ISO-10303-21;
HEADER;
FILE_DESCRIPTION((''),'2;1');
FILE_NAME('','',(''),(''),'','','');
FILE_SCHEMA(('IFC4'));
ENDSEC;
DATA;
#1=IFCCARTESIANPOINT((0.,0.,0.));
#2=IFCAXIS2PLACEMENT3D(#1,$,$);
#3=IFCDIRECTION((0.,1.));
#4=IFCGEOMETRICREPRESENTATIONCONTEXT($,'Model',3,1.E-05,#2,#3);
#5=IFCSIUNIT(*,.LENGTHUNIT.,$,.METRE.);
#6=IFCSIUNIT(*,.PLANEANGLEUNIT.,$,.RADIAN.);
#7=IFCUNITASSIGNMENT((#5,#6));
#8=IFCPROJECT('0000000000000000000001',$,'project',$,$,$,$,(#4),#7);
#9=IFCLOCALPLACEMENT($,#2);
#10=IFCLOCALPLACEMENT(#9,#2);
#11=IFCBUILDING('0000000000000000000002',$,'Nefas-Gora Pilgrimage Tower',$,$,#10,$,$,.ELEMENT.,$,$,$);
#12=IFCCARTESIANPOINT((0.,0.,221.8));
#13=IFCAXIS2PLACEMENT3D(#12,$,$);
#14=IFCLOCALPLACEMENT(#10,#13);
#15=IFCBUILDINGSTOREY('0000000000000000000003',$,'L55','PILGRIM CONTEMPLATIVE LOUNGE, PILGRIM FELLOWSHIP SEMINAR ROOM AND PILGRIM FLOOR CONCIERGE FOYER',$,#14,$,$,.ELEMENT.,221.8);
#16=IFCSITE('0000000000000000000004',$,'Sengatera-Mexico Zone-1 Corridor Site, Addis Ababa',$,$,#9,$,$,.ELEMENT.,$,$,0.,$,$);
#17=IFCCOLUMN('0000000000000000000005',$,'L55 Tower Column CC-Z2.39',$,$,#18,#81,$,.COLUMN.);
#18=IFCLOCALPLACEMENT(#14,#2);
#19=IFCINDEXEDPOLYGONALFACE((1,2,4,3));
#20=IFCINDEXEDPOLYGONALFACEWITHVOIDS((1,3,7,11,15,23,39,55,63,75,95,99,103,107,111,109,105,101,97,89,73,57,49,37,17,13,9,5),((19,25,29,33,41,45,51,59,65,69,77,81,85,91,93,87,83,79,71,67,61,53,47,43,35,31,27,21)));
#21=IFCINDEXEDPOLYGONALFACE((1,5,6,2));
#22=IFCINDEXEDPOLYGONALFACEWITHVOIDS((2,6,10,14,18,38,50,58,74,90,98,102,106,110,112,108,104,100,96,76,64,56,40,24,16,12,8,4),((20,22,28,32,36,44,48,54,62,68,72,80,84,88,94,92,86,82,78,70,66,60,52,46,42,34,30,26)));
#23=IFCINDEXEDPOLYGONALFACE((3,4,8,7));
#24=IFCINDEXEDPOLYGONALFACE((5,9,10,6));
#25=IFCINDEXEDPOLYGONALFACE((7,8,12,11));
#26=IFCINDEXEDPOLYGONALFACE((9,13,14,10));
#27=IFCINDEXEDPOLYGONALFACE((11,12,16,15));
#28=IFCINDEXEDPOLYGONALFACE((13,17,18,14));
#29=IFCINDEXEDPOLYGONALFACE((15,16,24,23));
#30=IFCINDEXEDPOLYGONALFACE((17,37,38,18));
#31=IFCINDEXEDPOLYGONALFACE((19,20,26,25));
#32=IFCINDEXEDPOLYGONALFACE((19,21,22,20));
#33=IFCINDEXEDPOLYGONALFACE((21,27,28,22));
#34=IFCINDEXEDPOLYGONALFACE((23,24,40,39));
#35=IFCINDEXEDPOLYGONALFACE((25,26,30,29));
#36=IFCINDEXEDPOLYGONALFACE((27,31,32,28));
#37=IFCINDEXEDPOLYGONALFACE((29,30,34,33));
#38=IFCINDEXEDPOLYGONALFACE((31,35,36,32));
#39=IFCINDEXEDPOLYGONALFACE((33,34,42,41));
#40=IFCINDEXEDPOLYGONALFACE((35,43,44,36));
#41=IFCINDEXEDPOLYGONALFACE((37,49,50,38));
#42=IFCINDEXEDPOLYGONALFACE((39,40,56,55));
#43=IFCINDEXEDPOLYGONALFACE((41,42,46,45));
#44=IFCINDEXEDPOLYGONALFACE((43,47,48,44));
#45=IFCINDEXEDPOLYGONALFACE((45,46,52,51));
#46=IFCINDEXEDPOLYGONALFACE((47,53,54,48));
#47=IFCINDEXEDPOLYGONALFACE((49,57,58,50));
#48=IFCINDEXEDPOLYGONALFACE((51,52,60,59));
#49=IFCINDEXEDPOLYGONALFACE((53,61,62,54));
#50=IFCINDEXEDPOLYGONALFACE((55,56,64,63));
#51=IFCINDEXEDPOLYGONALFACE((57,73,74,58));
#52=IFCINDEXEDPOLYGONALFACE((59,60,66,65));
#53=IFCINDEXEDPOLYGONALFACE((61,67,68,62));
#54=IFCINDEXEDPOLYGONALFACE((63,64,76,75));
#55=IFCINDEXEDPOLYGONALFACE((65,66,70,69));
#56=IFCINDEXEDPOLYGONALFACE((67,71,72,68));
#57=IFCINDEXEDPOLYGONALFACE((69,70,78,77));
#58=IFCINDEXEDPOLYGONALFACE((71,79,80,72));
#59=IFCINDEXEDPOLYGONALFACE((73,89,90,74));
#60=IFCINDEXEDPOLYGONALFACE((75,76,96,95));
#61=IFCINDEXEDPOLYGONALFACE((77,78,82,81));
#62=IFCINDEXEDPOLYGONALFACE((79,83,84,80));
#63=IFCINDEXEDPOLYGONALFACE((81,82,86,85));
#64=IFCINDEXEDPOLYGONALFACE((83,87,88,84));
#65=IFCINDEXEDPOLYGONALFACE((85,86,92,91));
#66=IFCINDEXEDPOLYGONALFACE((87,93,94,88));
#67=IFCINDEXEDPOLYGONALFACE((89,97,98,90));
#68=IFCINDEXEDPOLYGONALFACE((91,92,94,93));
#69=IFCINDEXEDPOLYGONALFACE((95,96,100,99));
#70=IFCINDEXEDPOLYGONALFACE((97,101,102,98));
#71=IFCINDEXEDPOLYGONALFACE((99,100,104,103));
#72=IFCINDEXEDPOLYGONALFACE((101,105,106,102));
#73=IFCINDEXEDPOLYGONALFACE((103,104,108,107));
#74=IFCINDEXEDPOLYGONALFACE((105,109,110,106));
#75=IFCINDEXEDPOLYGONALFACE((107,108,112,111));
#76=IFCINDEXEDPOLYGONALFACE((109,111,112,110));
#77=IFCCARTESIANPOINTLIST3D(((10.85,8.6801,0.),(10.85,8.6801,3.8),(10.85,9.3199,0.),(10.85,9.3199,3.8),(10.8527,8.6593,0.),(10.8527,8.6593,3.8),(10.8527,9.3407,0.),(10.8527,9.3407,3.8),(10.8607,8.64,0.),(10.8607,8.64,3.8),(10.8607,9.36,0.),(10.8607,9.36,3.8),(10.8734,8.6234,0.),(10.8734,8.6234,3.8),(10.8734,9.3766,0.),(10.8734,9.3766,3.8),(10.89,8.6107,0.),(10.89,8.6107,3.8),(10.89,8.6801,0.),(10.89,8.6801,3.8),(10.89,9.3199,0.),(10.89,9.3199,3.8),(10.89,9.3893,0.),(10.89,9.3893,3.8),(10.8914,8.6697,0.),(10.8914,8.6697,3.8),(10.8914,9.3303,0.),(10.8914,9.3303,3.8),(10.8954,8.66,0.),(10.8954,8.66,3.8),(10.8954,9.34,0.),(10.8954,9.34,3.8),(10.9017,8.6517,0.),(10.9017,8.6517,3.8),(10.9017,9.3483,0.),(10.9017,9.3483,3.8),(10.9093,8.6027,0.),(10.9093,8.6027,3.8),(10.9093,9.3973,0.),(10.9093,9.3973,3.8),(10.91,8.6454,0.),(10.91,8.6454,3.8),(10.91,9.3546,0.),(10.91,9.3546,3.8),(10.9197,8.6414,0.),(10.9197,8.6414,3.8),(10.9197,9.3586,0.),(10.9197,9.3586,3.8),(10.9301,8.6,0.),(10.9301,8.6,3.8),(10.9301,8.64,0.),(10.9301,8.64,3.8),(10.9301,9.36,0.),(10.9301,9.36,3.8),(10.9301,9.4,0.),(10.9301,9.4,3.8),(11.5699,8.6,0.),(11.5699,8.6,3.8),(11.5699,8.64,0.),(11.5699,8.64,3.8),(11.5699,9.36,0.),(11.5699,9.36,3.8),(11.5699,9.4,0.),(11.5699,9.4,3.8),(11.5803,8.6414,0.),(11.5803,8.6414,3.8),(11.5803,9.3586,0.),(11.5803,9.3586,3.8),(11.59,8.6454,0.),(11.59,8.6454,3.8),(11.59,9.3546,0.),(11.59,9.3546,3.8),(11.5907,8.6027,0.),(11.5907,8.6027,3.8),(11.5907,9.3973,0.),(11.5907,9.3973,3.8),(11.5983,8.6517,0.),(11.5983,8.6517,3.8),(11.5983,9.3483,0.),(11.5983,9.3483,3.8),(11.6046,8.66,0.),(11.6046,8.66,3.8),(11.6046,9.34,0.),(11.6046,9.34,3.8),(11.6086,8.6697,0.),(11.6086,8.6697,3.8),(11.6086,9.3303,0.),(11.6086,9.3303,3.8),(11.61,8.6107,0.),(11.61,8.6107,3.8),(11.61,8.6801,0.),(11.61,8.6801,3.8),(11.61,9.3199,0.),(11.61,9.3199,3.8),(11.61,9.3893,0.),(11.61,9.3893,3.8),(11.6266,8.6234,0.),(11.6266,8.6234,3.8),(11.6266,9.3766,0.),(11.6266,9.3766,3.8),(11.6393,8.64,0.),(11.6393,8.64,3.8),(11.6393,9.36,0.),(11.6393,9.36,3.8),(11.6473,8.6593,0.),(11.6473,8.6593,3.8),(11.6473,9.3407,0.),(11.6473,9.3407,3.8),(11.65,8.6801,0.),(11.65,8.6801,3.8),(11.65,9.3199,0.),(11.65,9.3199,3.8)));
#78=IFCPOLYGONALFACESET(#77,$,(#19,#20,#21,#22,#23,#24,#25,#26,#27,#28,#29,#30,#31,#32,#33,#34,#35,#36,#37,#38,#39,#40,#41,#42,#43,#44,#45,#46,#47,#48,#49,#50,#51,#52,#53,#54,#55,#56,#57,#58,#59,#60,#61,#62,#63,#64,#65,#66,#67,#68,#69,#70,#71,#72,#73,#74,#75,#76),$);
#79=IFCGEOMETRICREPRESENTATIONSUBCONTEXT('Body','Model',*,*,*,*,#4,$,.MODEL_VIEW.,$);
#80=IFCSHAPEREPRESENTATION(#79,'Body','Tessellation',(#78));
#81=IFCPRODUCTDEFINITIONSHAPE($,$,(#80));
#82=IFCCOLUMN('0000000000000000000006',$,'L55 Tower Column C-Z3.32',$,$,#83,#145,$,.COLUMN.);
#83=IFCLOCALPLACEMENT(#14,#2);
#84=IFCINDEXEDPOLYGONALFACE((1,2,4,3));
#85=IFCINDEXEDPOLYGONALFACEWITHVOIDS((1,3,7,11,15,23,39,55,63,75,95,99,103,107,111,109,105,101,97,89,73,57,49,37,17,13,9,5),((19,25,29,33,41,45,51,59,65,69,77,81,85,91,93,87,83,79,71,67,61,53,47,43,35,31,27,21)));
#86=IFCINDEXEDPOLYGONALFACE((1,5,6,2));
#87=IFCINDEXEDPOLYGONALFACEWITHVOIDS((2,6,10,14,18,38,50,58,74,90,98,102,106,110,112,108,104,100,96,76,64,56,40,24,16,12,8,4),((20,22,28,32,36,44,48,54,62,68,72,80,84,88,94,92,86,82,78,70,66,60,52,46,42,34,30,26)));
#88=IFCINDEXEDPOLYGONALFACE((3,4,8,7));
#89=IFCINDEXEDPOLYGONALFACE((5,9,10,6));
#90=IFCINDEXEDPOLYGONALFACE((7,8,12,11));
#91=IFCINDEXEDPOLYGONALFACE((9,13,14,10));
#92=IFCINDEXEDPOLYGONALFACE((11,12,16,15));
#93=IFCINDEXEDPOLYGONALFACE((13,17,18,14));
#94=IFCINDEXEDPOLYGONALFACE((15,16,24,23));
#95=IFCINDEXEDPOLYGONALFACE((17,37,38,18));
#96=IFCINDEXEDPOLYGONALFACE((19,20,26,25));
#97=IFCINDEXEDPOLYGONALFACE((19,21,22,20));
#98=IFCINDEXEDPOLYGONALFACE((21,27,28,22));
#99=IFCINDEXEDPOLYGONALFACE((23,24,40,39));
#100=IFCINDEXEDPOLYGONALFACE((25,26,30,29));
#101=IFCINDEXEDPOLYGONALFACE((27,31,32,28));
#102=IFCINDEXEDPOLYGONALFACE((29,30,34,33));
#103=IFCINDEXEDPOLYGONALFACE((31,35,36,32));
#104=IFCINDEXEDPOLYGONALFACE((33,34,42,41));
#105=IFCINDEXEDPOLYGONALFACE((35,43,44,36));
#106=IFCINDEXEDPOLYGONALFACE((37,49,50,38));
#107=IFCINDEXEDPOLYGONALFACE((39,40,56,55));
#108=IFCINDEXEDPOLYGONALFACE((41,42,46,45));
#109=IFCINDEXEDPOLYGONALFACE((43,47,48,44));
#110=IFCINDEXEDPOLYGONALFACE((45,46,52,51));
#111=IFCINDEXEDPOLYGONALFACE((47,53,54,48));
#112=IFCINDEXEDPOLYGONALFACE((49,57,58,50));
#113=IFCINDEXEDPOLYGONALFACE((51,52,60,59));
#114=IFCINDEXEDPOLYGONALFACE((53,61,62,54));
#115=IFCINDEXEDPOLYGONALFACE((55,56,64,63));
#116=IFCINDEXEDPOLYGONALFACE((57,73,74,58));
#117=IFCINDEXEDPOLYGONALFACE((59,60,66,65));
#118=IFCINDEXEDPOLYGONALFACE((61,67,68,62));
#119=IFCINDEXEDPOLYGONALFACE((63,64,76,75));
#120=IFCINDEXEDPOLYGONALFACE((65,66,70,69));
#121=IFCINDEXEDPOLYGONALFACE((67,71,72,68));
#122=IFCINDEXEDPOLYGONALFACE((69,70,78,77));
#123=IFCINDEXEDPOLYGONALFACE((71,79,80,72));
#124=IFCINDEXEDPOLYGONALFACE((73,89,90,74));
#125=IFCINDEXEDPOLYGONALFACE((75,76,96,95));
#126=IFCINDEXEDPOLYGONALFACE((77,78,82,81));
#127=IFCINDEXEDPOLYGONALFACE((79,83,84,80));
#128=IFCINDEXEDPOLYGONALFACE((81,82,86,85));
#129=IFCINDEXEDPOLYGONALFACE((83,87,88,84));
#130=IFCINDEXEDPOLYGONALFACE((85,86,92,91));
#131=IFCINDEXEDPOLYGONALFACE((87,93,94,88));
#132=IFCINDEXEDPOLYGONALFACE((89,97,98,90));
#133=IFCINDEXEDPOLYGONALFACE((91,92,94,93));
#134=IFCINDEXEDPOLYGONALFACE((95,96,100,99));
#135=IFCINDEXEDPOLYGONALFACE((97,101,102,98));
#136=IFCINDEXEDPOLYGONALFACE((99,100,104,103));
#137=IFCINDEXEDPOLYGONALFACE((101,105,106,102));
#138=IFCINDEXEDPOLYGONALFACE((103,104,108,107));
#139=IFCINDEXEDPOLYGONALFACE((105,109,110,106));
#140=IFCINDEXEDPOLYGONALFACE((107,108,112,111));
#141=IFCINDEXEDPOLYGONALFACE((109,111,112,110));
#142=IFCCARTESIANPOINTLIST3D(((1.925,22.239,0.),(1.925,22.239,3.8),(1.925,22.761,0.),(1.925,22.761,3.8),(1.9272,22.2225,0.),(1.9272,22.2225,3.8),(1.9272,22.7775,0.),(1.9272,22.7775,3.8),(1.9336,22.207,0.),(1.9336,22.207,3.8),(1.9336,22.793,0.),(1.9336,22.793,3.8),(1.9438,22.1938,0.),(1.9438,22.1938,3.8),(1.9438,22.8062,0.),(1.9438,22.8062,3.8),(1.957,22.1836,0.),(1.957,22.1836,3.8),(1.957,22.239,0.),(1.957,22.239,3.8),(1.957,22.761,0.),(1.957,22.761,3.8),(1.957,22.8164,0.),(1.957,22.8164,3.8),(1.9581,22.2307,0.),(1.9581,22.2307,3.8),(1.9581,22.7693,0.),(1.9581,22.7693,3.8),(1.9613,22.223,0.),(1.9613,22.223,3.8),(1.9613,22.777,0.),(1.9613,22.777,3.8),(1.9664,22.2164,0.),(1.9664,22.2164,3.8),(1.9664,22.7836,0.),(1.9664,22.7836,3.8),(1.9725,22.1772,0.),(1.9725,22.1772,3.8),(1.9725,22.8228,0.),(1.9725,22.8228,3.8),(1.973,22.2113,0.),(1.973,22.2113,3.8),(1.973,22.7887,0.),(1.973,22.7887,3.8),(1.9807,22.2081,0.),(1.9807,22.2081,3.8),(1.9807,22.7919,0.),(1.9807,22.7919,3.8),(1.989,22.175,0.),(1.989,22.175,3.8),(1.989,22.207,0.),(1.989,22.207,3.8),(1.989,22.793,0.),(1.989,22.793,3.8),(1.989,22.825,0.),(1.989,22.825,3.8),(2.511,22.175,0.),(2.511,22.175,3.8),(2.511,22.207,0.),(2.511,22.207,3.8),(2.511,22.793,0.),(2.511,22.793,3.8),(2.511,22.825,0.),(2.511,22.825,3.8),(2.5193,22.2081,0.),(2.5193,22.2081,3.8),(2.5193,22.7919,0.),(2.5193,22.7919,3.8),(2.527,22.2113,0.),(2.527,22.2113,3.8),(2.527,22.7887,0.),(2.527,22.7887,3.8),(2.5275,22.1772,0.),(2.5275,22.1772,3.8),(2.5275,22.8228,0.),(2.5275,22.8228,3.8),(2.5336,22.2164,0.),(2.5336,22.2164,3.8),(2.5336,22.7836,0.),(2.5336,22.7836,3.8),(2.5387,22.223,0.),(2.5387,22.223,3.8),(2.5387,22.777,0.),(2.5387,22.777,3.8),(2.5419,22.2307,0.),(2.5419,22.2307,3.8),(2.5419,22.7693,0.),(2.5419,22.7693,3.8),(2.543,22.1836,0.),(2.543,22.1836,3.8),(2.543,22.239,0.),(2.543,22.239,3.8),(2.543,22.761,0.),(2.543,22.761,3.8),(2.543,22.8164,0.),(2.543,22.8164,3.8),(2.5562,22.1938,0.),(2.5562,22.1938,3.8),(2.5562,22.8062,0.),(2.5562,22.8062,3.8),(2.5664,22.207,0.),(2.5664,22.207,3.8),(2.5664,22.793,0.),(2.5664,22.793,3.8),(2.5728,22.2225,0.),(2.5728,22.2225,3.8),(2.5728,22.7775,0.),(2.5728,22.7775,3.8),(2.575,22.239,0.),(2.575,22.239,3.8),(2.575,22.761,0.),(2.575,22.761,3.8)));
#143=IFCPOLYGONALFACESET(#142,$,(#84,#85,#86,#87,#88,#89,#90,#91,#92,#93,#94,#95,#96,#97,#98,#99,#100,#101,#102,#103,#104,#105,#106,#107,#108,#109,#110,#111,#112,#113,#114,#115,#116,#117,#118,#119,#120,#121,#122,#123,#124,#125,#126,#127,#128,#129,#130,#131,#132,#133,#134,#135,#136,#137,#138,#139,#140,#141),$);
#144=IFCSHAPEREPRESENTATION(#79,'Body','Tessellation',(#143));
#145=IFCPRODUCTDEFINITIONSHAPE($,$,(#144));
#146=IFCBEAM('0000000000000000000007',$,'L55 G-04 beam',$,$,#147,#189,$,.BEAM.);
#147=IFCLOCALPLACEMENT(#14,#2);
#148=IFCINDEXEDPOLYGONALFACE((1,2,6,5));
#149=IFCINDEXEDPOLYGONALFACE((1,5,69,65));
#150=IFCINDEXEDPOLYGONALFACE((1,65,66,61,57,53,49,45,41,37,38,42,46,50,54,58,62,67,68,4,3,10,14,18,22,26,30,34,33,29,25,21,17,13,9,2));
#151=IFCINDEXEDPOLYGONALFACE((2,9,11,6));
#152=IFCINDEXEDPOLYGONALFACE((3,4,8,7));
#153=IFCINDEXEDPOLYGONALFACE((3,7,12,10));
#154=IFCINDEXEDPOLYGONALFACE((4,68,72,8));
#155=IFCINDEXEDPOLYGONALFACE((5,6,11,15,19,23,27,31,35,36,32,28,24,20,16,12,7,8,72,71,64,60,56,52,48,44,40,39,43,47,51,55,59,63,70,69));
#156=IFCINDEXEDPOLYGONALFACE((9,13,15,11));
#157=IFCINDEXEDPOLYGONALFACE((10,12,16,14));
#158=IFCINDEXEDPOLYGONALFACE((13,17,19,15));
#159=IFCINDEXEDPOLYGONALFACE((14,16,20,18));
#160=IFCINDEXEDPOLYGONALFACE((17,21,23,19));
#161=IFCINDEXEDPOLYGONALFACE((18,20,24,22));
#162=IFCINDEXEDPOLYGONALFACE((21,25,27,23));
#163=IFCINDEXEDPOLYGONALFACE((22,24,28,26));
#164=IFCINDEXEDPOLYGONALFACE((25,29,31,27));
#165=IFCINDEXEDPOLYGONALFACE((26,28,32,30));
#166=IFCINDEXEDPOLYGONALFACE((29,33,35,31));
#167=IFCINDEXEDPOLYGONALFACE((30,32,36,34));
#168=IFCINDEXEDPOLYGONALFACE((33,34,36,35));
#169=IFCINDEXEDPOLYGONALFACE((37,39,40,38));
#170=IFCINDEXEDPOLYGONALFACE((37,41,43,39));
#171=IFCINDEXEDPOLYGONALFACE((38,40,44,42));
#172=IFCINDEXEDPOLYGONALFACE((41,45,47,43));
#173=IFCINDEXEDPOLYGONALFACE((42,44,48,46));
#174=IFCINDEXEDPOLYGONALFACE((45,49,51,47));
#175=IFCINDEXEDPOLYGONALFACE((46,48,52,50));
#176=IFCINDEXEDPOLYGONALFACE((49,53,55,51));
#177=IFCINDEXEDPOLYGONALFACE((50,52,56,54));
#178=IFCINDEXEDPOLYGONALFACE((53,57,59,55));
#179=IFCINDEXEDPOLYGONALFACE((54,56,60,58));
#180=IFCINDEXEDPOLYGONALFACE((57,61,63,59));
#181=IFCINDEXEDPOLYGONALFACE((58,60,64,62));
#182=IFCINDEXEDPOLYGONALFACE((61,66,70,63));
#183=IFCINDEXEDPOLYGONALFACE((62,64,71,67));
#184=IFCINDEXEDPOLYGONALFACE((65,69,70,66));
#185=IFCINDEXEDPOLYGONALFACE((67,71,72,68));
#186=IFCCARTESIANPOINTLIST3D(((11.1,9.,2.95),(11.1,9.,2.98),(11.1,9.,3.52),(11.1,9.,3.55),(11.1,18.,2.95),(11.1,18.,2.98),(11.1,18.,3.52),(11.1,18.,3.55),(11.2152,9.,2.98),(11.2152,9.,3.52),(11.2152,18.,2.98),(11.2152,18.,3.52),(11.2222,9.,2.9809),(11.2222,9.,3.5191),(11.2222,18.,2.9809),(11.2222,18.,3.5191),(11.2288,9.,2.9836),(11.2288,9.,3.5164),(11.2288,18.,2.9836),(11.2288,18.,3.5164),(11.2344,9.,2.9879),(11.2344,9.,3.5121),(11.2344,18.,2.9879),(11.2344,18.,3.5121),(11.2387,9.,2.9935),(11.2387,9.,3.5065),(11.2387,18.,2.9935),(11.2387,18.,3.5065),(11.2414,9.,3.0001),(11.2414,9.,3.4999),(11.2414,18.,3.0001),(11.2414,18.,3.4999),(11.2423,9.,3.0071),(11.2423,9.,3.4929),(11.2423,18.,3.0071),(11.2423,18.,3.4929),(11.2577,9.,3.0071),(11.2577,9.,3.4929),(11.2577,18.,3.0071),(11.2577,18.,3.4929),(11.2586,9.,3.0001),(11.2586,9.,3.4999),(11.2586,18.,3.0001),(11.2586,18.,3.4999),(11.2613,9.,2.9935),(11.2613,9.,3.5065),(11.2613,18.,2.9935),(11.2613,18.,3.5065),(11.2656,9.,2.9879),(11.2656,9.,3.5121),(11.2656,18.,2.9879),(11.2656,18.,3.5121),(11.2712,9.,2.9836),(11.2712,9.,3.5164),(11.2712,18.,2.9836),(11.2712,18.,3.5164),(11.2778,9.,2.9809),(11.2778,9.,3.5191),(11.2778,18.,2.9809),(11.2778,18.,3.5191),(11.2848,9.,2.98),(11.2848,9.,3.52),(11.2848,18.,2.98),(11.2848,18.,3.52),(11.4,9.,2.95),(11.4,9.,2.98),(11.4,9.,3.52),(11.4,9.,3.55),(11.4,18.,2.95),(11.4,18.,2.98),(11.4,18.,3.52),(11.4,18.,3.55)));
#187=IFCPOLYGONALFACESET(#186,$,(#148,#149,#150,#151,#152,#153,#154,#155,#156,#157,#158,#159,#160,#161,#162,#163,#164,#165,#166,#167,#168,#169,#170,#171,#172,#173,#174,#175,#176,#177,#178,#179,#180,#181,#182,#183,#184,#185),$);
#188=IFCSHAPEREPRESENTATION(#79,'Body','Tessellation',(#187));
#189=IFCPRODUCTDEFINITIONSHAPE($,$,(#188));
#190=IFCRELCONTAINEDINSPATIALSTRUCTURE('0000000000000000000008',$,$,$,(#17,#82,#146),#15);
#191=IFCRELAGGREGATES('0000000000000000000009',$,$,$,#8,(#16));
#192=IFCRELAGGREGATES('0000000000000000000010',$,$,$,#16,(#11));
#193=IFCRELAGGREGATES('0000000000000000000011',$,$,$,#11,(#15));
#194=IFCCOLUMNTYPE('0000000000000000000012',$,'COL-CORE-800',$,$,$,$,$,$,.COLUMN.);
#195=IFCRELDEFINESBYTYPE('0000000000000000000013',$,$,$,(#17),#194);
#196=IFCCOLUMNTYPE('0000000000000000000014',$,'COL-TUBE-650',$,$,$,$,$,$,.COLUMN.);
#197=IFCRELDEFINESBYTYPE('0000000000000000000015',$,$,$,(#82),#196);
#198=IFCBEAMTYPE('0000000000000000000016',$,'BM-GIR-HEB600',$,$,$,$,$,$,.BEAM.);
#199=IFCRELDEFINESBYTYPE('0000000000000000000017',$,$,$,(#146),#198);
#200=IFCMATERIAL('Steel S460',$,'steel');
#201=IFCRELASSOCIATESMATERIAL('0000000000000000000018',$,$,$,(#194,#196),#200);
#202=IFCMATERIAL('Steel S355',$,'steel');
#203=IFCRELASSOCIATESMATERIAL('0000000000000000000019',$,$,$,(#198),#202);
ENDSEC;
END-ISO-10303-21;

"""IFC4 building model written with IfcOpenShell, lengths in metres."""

from ifc_helpers import new_model, si_unit, direction, frame, origin, origin_2d, place, context, subcontext, project, spatial, hollow_rectangle, i_section, extrude, source, transform, mapped, material, material_profile, profile_set, type_object, element, save


model = new_model("IFC4")

# Units and contexts
model_context = context("Model", 3, precision=1e-05, world=origin(), true_north=direction((0.0, 1.0)))
body_context = subcontext(model_context, "Body", "Model", "MODEL_VIEW")
ifc_project = project(units=[si_unit("LENGTHUNIT", "METRE"), si_unit("PLANEANGLEUNIT", "RADIAN")], contexts=[model_context])

# Site, building, storey
site_placement = place(None, origin())
site = spatial("IfcSite", under=ifc_project, at=site_placement, Name="Sengatera-Mexico Zone-1 Corridor Site, Addis Ababa", CompositionType="ELEMENT", RefElevation=0.0)
building_placement = place(site_placement, origin())
building = spatial("IfcBuilding", under=site, at=building_placement, Name="Nefas-Gora Pilgrimage Tower", CompositionType="ELEMENT")
storey_placement = place(building_placement, frame((0.0, 0.0, 221.8)))
storey = spatial("IfcBuildingStorey", under=building, at=storey_placement, Name="L55", Description="PILGRIM CONTEMPLATIVE LOUNGE, PILGRIM FELLOWSHIP SEMINAR ROOM AND PILGRIM FLOOR CONCIERGE FOYER", CompositionType="ELEMENT", Elevation=221.8)

# Columns
ifc_material_1 = material(Name="Steel S460", Category="steel")
ifc_material_profile_1 = material_profile(ifc_material_1, hollow_rectangle(XDim=0.8, YDim=0.8, WallThickness=0.04, InnerFilletRadius=0.04, OuterFilletRadius=0.0801, at=origin_2d()), Name="BOX 800x800x40")
ifc_profile_set_1 = profile_set([ifc_material_profile_1], Name="Steel S460")
column_type_1 = type_object("IfcColumnType", Name="COL-CORE-800", PredefinedType="COLUMN", material=ifc_profile_set_1)
shared_shape_1 = source(origin(), body_context, "Body", "SweptSolid", [
    extrude(hollow_rectangle(XDim=0.8, YDim=0.8, WallThickness=0.04, InnerFilletRadius=0.04, OuterFilletRadius=0.0801, at=origin_2d()), origin(), (0.0, 0.0, 1.0), 3.8),
])
column_1_placement = place(storey_placement, frame((11.25, 9.0, 0.0), z_axis=(0.0, 0.0, 1.0), x_axis=(1.0, 0.0, 0.0)))
element("IfcColumn", 1, at=column_1_placement, inside=storey, type_object=column_type_1, Name="L55 Tower Column CC-Z2.39", PredefinedType="COLUMN", context=body_context, shape_type="MappedRepresentation", body=[
    mapped(shared_shape_1, transform((0.0, 0.0, 0.0), x_axis=(1.0, 0.0, 0.0), y_axis=(0.0, 1.0, 0.0), z_axis=(0.0, 0.0, 1.0), scale=1.0)),
])
ifc_material_profile_2 = material_profile(ifc_material_1, hollow_rectangle(XDim=0.6499, YDim=0.6499, WallThickness=0.032, InnerFilletRadius=0.032, OuterFilletRadius=0.064, at=origin_2d()), Name="BOX 650x650x32")
ifc_profile_set_2 = profile_set([ifc_material_profile_2], Name="Steel S460")
column_type_2 = type_object("IfcColumnType", Name="COL-TUBE-650", PredefinedType="COLUMN", material=ifc_profile_set_2)
shared_shape_2 = source(origin(), body_context, "Body", "SweptSolid", [
    extrude(hollow_rectangle(XDim=0.6499, YDim=0.6499, WallThickness=0.032, InnerFilletRadius=0.032, OuterFilletRadius=0.064, at=origin_2d()), origin(), (0.0, 0.0, 1.0), 3.8),
])
column_2_placement = place(storey_placement, frame((2.25, 22.5, 0.0), z_axis=(0.0, 0.0, 1.0), x_axis=(1.0, 0.0, 0.0)))
element("IfcColumn", 2, at=column_2_placement, inside=storey, type_object=column_type_2, Name="L55 Tower Column C-Z3.32", PredefinedType="COLUMN", context=body_context, shape_type="MappedRepresentation", body=[
    mapped(shared_shape_2, transform((0.0, 0.0, 0.0), x_axis=(1.0, 0.0, 0.0), y_axis=(0.0, 1.0, 0.0), z_axis=(0.0, 0.0, 1.0), scale=1.0)),
])

# Beam
ifc_material_2 = material(Name="Steel S355", Category="steel")
ifc_material_profile_3 = material_profile(ifc_material_2, i_section(OverallWidth=0.3, OverallDepth=0.6001, WebThickness=0.0154, FlangeThickness=0.03, FilletRadius=0.0271, at=origin_2d()), Name="HEB 600")
ifc_profile_set_3 = profile_set([ifc_material_profile_3], Name="Steel S355")
beam_type = type_object("IfcBeamType", Name="BM-GIR-HEB600", PredefinedType="BEAM", material=ifc_profile_set_3)
shared_shape_3 = source(origin(), body_context, "Body", "SweptSolid", [
    extrude(i_section(OverallWidth=0.3, OverallDepth=0.6001, WebThickness=0.0154, FlangeThickness=0.03, FilletRadius=0.0271, at=origin_2d()), origin(), (0.0, 0.0, 1.0), 9.0),
])
beam_placement = place(storey_placement, frame((11.25, 9.0, 3.25), z_axis=(0.0, 1.0, 0.0), x_axis=(-1.0, 0.0, 0.0)))
element("IfcBeam", 3, at=beam_placement, inside=storey, type_object=beam_type, Name="L55 G-04 beam", PredefinedType="BEAM", context=body_context, shape_type="MappedRepresentation", body=[
    mapped(shared_shape_3, transform((0.0, 0.0, 0.0), x_axis=(1.0, 0.0, 0.0), y_axis=(0.0, 1.0, 0.0), z_axis=(0.0, 0.0, 1.0), scale=1.0)),
])

save(model, "model.ifc")
